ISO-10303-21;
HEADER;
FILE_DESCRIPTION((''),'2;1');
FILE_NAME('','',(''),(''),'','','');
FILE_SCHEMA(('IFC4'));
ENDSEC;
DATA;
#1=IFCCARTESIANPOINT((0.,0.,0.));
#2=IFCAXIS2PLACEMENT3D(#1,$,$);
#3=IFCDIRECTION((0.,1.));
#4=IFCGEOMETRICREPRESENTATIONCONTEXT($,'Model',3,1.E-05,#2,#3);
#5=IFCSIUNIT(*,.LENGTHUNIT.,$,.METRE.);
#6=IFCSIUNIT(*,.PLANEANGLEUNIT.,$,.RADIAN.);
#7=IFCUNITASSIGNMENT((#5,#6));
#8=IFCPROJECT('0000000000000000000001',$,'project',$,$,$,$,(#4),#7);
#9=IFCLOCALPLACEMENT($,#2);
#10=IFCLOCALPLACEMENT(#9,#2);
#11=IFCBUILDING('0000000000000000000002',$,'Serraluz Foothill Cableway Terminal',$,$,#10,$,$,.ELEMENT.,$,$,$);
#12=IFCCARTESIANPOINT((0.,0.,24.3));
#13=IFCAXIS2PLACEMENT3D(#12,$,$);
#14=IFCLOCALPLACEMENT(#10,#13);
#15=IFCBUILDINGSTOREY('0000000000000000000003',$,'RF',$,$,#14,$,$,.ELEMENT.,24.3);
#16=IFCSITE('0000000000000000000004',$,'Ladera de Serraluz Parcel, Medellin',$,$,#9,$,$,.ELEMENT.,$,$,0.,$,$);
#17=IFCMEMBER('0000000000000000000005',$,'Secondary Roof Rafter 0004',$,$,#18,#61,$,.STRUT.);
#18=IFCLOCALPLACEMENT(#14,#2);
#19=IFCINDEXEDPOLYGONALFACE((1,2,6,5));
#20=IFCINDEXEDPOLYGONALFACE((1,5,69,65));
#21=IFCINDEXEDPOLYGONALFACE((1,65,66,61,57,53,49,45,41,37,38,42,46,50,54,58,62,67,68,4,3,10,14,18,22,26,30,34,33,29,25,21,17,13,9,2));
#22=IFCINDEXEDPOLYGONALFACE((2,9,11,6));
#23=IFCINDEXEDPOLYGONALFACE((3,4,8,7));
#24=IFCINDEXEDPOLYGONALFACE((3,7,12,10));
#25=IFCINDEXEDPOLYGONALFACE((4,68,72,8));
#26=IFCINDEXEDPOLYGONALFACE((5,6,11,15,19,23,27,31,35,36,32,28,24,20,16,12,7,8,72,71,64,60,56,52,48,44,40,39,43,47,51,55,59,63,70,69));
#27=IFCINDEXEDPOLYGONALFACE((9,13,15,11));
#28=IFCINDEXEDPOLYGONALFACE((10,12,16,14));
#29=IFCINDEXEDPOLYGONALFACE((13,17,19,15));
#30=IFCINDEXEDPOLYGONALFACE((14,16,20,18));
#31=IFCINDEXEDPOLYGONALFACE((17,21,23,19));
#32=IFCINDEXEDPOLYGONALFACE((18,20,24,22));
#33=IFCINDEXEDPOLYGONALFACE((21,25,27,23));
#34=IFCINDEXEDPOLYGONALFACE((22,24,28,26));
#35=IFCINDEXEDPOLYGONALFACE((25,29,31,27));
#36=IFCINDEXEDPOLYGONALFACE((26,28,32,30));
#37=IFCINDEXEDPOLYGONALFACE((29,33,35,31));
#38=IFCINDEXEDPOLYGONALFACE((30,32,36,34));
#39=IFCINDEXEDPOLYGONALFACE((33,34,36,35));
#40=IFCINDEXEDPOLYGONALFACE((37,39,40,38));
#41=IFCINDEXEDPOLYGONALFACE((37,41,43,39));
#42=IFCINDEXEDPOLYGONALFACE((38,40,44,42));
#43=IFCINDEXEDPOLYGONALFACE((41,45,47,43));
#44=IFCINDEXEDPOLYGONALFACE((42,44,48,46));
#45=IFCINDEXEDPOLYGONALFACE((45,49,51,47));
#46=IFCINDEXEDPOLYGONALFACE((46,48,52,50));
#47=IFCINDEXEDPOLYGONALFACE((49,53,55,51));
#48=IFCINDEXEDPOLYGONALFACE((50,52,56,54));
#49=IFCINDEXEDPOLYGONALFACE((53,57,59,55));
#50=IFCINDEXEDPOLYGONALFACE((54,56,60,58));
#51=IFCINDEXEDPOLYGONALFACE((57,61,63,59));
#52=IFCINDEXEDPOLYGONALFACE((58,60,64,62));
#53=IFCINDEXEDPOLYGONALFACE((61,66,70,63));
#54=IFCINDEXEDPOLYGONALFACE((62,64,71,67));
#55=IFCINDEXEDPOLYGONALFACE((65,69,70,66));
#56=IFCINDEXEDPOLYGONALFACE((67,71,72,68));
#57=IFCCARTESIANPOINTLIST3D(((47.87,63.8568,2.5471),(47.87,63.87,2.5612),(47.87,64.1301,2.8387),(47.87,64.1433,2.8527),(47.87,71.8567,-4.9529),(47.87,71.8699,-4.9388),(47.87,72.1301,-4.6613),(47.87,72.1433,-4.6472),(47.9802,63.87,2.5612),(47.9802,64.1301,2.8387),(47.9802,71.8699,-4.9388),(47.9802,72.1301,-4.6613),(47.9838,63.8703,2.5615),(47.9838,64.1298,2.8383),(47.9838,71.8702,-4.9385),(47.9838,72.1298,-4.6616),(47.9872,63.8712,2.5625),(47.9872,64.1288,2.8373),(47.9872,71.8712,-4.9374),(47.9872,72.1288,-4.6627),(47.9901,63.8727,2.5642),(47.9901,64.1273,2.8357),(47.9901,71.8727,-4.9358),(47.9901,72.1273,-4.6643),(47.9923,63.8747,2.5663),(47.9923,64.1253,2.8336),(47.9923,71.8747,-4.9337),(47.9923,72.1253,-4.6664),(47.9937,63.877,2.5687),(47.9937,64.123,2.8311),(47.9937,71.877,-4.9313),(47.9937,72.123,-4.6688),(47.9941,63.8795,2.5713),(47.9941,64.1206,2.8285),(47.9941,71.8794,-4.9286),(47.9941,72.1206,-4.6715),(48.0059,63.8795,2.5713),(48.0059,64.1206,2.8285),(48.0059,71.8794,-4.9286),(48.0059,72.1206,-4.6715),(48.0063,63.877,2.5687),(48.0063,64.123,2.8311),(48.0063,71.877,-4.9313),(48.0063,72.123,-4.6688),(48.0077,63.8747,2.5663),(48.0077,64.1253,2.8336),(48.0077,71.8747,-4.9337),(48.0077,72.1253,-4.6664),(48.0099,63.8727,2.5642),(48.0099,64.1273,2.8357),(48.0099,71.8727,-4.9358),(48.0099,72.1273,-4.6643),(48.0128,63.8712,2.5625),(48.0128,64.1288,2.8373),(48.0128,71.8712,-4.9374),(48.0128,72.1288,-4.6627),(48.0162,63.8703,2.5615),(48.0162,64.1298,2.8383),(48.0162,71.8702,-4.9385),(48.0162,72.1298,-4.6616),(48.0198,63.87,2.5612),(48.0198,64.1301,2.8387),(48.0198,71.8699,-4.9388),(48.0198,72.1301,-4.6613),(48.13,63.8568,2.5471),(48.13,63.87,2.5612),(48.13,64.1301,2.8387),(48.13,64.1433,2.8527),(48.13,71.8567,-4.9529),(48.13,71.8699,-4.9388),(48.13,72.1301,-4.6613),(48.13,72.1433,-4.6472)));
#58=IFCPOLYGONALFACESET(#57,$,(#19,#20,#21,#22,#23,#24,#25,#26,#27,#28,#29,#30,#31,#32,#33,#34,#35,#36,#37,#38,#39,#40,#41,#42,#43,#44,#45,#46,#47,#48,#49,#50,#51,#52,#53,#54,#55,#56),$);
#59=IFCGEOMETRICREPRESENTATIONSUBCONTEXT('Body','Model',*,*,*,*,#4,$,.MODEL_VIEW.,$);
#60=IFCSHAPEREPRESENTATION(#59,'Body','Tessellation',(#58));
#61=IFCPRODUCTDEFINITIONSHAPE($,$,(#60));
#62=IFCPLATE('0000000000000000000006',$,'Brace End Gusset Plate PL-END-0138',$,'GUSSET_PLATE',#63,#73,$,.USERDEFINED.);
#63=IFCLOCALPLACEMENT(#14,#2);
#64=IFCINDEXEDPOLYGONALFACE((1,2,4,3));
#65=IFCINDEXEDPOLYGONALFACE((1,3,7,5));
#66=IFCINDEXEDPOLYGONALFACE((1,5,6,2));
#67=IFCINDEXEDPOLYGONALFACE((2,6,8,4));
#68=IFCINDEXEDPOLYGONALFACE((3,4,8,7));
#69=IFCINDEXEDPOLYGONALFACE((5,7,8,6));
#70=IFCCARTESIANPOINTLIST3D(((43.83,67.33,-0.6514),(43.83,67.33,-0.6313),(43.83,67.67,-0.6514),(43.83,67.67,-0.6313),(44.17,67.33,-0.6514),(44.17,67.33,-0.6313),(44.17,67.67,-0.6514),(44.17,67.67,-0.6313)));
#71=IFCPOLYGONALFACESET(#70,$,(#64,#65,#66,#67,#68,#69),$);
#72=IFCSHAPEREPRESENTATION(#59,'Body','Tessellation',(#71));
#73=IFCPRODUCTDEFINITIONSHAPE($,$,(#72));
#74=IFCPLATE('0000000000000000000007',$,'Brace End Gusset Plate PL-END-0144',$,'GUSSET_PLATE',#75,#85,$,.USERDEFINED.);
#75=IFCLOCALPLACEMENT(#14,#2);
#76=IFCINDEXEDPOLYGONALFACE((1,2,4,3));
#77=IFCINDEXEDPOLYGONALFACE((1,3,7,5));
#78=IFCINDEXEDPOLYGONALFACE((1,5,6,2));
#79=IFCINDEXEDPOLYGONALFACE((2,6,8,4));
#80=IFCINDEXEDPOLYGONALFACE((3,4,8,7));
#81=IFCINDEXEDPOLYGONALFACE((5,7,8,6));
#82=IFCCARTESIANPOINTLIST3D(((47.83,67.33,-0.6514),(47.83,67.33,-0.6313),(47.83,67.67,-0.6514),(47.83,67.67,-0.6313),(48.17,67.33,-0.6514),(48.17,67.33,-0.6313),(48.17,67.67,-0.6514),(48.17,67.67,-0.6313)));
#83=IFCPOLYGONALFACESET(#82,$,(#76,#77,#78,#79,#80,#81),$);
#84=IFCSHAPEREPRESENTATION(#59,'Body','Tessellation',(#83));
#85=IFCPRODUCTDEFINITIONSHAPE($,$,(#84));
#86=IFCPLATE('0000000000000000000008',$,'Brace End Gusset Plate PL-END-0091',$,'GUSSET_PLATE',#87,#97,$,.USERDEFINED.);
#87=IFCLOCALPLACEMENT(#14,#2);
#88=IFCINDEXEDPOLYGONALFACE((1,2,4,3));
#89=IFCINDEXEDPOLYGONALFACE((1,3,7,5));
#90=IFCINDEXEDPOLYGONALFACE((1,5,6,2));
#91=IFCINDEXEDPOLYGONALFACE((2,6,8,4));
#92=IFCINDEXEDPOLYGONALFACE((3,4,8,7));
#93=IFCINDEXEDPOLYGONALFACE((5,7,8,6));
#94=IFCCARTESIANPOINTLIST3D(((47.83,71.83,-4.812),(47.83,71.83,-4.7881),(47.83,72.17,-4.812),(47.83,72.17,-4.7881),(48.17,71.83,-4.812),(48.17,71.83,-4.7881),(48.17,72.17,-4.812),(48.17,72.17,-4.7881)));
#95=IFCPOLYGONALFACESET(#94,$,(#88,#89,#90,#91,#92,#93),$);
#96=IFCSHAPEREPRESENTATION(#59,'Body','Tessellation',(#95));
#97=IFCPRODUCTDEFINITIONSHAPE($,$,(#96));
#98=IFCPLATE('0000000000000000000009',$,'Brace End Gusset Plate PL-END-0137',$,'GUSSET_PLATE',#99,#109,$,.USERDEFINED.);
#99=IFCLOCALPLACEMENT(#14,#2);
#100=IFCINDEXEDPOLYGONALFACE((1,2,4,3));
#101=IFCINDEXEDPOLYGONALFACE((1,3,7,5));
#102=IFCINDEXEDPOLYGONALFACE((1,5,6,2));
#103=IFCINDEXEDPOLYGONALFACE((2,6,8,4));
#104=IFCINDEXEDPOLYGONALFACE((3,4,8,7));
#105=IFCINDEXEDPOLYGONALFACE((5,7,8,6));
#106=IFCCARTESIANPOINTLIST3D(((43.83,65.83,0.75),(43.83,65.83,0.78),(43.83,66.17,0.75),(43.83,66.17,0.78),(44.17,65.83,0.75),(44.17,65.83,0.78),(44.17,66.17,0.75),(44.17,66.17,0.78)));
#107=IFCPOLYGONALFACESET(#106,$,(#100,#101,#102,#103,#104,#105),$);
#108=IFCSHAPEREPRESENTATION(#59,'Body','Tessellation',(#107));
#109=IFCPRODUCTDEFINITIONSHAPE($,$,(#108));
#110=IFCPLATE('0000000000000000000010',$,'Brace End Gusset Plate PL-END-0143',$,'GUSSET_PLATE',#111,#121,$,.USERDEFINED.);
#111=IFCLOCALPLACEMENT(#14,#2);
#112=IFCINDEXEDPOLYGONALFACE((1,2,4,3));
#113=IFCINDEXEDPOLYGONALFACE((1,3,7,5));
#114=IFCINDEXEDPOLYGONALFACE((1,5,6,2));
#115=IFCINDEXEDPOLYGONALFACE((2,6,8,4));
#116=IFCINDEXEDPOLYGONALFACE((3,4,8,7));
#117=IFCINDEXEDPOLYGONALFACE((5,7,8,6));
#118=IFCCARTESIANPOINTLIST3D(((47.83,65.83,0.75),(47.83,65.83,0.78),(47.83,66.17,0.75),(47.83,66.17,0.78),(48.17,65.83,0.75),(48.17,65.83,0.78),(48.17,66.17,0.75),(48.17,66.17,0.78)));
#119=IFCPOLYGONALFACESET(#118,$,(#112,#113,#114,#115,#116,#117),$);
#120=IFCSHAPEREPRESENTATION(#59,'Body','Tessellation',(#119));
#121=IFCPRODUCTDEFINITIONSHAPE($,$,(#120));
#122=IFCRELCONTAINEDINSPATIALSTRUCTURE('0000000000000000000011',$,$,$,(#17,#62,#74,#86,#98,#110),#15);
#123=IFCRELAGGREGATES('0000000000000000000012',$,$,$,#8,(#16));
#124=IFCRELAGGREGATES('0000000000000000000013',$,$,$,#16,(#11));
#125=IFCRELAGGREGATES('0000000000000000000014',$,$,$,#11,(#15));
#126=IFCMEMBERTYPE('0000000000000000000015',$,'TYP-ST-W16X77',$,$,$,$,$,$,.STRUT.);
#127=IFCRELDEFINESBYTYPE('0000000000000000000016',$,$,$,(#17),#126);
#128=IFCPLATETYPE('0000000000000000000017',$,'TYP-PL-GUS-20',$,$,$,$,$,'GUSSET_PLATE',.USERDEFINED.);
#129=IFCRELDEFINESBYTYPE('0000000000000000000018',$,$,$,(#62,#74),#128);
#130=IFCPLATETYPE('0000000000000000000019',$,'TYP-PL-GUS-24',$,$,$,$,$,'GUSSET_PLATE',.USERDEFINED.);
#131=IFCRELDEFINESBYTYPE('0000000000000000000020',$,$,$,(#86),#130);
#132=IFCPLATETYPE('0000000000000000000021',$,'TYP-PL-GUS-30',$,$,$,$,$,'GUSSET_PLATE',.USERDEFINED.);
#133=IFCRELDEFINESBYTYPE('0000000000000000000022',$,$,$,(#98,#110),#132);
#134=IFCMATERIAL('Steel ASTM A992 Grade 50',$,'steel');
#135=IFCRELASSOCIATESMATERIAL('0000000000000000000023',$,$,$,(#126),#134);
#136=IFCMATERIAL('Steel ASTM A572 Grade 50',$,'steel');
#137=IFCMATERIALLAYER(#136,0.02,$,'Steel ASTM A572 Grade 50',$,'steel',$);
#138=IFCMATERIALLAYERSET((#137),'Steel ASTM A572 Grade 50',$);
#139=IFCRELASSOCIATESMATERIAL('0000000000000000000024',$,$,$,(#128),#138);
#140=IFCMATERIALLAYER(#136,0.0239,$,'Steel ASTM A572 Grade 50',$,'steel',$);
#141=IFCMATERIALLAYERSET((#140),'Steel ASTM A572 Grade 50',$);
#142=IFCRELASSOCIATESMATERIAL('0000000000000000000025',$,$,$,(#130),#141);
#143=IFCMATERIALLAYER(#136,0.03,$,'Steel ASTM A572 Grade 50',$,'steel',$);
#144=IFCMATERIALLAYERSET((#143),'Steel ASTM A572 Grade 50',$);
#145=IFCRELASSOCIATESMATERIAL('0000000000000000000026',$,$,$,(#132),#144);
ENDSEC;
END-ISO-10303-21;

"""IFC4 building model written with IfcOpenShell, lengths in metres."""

from ifc_helpers import new_model, si_unit, direction, frame, origin, origin_2d, place, context, subcontext, project, spatial, rectangle, i_section, extrude, material, layer, layer_set, material_profile, profile_set, type_object, element, save


model = new_model("IFC4")

# Units and contexts
model_context = context("Model", 3, precision=1e-05, world=origin(), true_north=direction((0.0, 1.0)))
body_context = subcontext(model_context, "Body", "Model", "MODEL_VIEW")
ifc_project = project(units=[si_unit("LENGTHUNIT", "METRE"), si_unit("PLANEANGLEUNIT", "RADIAN")], contexts=[model_context])

# Site, building, storey
site_placement = place(None, origin())
site = spatial("IfcSite", under=ifc_project, at=site_placement, Name="Ladera de Serraluz Parcel, Medellin", CompositionType="ELEMENT", RefElevation=0.0)
building_placement = place(site_placement, origin())
building = spatial("IfcBuilding", under=site, at=building_placement, Name="Serraluz Foothill Cableway Terminal", CompositionType="ELEMENT")
storey_placement = place(building_placement, frame((0.0, 0.0, 24.3)))
storey = spatial("IfcBuildingStorey", under=building, at=storey_placement, Name="RF", CompositionType="ELEMENT", Elevation=24.3)

# Member
ifc_material_1 = material(Name="Steel ASTM A572 Grade 50", Category="steel")
ifc_material_2 = material(Name="Steel ASTM A992 Grade 50", Category="steel")
ifc_material_profile_1 = material_profile(ifc_material_2, i_section(OverallWidth=0.26, OverallDepth=0.4189, WebThickness=0.0117, FlangeThickness=0.0193, FilletRadius=0.0139, at=origin_2d()), Name="W16X77")
ifc_profile_set_1 = profile_set([ifc_material_profile_1], Name="Steel ASTM A992 Grade 50")
member_type_1 = type_object("IfcMemberType", Name="TYP-ST-W16X77", PredefinedType="STRUT", material=ifc_profile_set_1)
member_1_placement = place(storey_placement, frame((48.0, 72.0, -4.8), z_axis=(0.0, -0.729537, 0.683941), x_axis=(1.0, 0.0, 0.0)))
element("IfcMember", 1, at=member_1_placement, inside=storey, type_object=member_type_1, Name="Secondary Roof Rafter 0004", PredefinedType="STRUT", context=body_context, shape_type="SweptSolid", body=[
    extrude(i_section(OverallWidth=0.26, OverallDepth=0.4189, WebThickness=0.0117, FlangeThickness=0.0193, FilletRadius=0.0139, at=origin_2d()), origin(), (0.0, 0.0, 1.0), 10.9658),
])

# Plates
ifc_layer_1 = layer(ifc_material_1, 0.02, Name="Steel ASTM A572 Grade 50", Category="steel")
ifc_layer_set_1 = layer_set([ifc_layer_1], Name="Steel ASTM A572 Grade 50")
plate_type_1 = type_object("IfcPlateType", Name="TYP-PL-GUS-20", ElementType="GUSSET_PLATE", PredefinedType="USERDEFINED", material=ifc_layer_set_1)
for number, where, z_axis, x_axis, name in (
    (2, (44.0, 67.5, -0.6514), (0.0, 0.0, 1.0), (1.0, 0.0, 0.0), "Brace End Gusset Plate PL-END-0138"),
    (3, (48.0, 67.5, -0.6514), (0.0, 0.0, 1.0), (1.0, 0.0, 0.0), "Brace End Gusset Plate PL-END-0144"),
):
    element("IfcPlate", number, at=place(storey_placement, frame(where, z_axis=z_axis, x_axis=x_axis)), inside=storey, type_object=plate_type_1, Name=name, ObjectType="GUSSET_PLATE", PredefinedType="USERDEFINED", context=body_context, shape_type="SweptSolid", body=[
        extrude(rectangle(XDim=0.3401, YDim=0.3401, at=origin_2d()), origin(), (0.0, 0.0, 1.0), 0.02),
    ])
ifc_layer_2 = layer(ifc_material_1, 0.0239, Name="Steel ASTM A572 Grade 50", Category="steel")
ifc_layer_set_2 = layer_set([ifc_layer_2], Name="Steel ASTM A572 Grade 50")
plate_type_2 = type_object("IfcPlateType", Name="TYP-PL-GUS-24", ElementType="GUSSET_PLATE", PredefinedType="USERDEFINED", material=ifc_layer_set_2)
plate_placement = place(storey_placement, frame((48.0, 72.0, -4.812), z_axis=(0.0, 0.0, 1.0), x_axis=(1.0, 0.0, 0.0)))
element("IfcPlate", 4, at=plate_placement, inside=storey, type_object=plate_type_2, Name="Brace End Gusset Plate PL-END-0091", ObjectType="GUSSET_PLATE", PredefinedType="USERDEFINED", context=body_context, shape_type="SweptSolid", body=[
    extrude(rectangle(XDim=0.3401, YDim=0.3401, at=origin_2d()), origin(), (0.0, 0.0, 1.0), 0.0239),
])
ifc_layer_3 = layer(ifc_material_1, 0.03, Name="Steel ASTM A572 Grade 50", Category="steel")
ifc_layer_set_3 = layer_set([ifc_layer_3], Name="Steel ASTM A572 Grade 50")
plate_type_3 = type_object("IfcPlateType", Name="TYP-PL-GUS-30", ElementType="GUSSET_PLATE", PredefinedType="USERDEFINED", material=ifc_layer_set_3)
for number, where, z_axis, x_axis, name in (
    (5, (44.0, 66.0, 0.75), (0.0, 0.0, 1.0), (1.0, 0.0, 0.0), "Brace End Gusset Plate PL-END-0137"),
    (6, (48.0, 66.0, 0.75), (0.0, 0.0, 1.0), (1.0, 0.0, 0.0), "Brace End Gusset Plate PL-END-0143"),
):
    element("IfcPlate", number, at=place(storey_placement, frame(where, z_axis=z_axis, x_axis=x_axis)), inside=storey, type_object=plate_type_3, Name=name, ObjectType="GUSSET_PLATE", PredefinedType="USERDEFINED", context=body_context, shape_type="SweptSolid", body=[
        extrude(rectangle(XDim=0.3401, YDim=0.3401, at=origin_2d()), origin(), (0.0, 0.0, 1.0), 0.03),
    ])

save(model, "model.ifc")
